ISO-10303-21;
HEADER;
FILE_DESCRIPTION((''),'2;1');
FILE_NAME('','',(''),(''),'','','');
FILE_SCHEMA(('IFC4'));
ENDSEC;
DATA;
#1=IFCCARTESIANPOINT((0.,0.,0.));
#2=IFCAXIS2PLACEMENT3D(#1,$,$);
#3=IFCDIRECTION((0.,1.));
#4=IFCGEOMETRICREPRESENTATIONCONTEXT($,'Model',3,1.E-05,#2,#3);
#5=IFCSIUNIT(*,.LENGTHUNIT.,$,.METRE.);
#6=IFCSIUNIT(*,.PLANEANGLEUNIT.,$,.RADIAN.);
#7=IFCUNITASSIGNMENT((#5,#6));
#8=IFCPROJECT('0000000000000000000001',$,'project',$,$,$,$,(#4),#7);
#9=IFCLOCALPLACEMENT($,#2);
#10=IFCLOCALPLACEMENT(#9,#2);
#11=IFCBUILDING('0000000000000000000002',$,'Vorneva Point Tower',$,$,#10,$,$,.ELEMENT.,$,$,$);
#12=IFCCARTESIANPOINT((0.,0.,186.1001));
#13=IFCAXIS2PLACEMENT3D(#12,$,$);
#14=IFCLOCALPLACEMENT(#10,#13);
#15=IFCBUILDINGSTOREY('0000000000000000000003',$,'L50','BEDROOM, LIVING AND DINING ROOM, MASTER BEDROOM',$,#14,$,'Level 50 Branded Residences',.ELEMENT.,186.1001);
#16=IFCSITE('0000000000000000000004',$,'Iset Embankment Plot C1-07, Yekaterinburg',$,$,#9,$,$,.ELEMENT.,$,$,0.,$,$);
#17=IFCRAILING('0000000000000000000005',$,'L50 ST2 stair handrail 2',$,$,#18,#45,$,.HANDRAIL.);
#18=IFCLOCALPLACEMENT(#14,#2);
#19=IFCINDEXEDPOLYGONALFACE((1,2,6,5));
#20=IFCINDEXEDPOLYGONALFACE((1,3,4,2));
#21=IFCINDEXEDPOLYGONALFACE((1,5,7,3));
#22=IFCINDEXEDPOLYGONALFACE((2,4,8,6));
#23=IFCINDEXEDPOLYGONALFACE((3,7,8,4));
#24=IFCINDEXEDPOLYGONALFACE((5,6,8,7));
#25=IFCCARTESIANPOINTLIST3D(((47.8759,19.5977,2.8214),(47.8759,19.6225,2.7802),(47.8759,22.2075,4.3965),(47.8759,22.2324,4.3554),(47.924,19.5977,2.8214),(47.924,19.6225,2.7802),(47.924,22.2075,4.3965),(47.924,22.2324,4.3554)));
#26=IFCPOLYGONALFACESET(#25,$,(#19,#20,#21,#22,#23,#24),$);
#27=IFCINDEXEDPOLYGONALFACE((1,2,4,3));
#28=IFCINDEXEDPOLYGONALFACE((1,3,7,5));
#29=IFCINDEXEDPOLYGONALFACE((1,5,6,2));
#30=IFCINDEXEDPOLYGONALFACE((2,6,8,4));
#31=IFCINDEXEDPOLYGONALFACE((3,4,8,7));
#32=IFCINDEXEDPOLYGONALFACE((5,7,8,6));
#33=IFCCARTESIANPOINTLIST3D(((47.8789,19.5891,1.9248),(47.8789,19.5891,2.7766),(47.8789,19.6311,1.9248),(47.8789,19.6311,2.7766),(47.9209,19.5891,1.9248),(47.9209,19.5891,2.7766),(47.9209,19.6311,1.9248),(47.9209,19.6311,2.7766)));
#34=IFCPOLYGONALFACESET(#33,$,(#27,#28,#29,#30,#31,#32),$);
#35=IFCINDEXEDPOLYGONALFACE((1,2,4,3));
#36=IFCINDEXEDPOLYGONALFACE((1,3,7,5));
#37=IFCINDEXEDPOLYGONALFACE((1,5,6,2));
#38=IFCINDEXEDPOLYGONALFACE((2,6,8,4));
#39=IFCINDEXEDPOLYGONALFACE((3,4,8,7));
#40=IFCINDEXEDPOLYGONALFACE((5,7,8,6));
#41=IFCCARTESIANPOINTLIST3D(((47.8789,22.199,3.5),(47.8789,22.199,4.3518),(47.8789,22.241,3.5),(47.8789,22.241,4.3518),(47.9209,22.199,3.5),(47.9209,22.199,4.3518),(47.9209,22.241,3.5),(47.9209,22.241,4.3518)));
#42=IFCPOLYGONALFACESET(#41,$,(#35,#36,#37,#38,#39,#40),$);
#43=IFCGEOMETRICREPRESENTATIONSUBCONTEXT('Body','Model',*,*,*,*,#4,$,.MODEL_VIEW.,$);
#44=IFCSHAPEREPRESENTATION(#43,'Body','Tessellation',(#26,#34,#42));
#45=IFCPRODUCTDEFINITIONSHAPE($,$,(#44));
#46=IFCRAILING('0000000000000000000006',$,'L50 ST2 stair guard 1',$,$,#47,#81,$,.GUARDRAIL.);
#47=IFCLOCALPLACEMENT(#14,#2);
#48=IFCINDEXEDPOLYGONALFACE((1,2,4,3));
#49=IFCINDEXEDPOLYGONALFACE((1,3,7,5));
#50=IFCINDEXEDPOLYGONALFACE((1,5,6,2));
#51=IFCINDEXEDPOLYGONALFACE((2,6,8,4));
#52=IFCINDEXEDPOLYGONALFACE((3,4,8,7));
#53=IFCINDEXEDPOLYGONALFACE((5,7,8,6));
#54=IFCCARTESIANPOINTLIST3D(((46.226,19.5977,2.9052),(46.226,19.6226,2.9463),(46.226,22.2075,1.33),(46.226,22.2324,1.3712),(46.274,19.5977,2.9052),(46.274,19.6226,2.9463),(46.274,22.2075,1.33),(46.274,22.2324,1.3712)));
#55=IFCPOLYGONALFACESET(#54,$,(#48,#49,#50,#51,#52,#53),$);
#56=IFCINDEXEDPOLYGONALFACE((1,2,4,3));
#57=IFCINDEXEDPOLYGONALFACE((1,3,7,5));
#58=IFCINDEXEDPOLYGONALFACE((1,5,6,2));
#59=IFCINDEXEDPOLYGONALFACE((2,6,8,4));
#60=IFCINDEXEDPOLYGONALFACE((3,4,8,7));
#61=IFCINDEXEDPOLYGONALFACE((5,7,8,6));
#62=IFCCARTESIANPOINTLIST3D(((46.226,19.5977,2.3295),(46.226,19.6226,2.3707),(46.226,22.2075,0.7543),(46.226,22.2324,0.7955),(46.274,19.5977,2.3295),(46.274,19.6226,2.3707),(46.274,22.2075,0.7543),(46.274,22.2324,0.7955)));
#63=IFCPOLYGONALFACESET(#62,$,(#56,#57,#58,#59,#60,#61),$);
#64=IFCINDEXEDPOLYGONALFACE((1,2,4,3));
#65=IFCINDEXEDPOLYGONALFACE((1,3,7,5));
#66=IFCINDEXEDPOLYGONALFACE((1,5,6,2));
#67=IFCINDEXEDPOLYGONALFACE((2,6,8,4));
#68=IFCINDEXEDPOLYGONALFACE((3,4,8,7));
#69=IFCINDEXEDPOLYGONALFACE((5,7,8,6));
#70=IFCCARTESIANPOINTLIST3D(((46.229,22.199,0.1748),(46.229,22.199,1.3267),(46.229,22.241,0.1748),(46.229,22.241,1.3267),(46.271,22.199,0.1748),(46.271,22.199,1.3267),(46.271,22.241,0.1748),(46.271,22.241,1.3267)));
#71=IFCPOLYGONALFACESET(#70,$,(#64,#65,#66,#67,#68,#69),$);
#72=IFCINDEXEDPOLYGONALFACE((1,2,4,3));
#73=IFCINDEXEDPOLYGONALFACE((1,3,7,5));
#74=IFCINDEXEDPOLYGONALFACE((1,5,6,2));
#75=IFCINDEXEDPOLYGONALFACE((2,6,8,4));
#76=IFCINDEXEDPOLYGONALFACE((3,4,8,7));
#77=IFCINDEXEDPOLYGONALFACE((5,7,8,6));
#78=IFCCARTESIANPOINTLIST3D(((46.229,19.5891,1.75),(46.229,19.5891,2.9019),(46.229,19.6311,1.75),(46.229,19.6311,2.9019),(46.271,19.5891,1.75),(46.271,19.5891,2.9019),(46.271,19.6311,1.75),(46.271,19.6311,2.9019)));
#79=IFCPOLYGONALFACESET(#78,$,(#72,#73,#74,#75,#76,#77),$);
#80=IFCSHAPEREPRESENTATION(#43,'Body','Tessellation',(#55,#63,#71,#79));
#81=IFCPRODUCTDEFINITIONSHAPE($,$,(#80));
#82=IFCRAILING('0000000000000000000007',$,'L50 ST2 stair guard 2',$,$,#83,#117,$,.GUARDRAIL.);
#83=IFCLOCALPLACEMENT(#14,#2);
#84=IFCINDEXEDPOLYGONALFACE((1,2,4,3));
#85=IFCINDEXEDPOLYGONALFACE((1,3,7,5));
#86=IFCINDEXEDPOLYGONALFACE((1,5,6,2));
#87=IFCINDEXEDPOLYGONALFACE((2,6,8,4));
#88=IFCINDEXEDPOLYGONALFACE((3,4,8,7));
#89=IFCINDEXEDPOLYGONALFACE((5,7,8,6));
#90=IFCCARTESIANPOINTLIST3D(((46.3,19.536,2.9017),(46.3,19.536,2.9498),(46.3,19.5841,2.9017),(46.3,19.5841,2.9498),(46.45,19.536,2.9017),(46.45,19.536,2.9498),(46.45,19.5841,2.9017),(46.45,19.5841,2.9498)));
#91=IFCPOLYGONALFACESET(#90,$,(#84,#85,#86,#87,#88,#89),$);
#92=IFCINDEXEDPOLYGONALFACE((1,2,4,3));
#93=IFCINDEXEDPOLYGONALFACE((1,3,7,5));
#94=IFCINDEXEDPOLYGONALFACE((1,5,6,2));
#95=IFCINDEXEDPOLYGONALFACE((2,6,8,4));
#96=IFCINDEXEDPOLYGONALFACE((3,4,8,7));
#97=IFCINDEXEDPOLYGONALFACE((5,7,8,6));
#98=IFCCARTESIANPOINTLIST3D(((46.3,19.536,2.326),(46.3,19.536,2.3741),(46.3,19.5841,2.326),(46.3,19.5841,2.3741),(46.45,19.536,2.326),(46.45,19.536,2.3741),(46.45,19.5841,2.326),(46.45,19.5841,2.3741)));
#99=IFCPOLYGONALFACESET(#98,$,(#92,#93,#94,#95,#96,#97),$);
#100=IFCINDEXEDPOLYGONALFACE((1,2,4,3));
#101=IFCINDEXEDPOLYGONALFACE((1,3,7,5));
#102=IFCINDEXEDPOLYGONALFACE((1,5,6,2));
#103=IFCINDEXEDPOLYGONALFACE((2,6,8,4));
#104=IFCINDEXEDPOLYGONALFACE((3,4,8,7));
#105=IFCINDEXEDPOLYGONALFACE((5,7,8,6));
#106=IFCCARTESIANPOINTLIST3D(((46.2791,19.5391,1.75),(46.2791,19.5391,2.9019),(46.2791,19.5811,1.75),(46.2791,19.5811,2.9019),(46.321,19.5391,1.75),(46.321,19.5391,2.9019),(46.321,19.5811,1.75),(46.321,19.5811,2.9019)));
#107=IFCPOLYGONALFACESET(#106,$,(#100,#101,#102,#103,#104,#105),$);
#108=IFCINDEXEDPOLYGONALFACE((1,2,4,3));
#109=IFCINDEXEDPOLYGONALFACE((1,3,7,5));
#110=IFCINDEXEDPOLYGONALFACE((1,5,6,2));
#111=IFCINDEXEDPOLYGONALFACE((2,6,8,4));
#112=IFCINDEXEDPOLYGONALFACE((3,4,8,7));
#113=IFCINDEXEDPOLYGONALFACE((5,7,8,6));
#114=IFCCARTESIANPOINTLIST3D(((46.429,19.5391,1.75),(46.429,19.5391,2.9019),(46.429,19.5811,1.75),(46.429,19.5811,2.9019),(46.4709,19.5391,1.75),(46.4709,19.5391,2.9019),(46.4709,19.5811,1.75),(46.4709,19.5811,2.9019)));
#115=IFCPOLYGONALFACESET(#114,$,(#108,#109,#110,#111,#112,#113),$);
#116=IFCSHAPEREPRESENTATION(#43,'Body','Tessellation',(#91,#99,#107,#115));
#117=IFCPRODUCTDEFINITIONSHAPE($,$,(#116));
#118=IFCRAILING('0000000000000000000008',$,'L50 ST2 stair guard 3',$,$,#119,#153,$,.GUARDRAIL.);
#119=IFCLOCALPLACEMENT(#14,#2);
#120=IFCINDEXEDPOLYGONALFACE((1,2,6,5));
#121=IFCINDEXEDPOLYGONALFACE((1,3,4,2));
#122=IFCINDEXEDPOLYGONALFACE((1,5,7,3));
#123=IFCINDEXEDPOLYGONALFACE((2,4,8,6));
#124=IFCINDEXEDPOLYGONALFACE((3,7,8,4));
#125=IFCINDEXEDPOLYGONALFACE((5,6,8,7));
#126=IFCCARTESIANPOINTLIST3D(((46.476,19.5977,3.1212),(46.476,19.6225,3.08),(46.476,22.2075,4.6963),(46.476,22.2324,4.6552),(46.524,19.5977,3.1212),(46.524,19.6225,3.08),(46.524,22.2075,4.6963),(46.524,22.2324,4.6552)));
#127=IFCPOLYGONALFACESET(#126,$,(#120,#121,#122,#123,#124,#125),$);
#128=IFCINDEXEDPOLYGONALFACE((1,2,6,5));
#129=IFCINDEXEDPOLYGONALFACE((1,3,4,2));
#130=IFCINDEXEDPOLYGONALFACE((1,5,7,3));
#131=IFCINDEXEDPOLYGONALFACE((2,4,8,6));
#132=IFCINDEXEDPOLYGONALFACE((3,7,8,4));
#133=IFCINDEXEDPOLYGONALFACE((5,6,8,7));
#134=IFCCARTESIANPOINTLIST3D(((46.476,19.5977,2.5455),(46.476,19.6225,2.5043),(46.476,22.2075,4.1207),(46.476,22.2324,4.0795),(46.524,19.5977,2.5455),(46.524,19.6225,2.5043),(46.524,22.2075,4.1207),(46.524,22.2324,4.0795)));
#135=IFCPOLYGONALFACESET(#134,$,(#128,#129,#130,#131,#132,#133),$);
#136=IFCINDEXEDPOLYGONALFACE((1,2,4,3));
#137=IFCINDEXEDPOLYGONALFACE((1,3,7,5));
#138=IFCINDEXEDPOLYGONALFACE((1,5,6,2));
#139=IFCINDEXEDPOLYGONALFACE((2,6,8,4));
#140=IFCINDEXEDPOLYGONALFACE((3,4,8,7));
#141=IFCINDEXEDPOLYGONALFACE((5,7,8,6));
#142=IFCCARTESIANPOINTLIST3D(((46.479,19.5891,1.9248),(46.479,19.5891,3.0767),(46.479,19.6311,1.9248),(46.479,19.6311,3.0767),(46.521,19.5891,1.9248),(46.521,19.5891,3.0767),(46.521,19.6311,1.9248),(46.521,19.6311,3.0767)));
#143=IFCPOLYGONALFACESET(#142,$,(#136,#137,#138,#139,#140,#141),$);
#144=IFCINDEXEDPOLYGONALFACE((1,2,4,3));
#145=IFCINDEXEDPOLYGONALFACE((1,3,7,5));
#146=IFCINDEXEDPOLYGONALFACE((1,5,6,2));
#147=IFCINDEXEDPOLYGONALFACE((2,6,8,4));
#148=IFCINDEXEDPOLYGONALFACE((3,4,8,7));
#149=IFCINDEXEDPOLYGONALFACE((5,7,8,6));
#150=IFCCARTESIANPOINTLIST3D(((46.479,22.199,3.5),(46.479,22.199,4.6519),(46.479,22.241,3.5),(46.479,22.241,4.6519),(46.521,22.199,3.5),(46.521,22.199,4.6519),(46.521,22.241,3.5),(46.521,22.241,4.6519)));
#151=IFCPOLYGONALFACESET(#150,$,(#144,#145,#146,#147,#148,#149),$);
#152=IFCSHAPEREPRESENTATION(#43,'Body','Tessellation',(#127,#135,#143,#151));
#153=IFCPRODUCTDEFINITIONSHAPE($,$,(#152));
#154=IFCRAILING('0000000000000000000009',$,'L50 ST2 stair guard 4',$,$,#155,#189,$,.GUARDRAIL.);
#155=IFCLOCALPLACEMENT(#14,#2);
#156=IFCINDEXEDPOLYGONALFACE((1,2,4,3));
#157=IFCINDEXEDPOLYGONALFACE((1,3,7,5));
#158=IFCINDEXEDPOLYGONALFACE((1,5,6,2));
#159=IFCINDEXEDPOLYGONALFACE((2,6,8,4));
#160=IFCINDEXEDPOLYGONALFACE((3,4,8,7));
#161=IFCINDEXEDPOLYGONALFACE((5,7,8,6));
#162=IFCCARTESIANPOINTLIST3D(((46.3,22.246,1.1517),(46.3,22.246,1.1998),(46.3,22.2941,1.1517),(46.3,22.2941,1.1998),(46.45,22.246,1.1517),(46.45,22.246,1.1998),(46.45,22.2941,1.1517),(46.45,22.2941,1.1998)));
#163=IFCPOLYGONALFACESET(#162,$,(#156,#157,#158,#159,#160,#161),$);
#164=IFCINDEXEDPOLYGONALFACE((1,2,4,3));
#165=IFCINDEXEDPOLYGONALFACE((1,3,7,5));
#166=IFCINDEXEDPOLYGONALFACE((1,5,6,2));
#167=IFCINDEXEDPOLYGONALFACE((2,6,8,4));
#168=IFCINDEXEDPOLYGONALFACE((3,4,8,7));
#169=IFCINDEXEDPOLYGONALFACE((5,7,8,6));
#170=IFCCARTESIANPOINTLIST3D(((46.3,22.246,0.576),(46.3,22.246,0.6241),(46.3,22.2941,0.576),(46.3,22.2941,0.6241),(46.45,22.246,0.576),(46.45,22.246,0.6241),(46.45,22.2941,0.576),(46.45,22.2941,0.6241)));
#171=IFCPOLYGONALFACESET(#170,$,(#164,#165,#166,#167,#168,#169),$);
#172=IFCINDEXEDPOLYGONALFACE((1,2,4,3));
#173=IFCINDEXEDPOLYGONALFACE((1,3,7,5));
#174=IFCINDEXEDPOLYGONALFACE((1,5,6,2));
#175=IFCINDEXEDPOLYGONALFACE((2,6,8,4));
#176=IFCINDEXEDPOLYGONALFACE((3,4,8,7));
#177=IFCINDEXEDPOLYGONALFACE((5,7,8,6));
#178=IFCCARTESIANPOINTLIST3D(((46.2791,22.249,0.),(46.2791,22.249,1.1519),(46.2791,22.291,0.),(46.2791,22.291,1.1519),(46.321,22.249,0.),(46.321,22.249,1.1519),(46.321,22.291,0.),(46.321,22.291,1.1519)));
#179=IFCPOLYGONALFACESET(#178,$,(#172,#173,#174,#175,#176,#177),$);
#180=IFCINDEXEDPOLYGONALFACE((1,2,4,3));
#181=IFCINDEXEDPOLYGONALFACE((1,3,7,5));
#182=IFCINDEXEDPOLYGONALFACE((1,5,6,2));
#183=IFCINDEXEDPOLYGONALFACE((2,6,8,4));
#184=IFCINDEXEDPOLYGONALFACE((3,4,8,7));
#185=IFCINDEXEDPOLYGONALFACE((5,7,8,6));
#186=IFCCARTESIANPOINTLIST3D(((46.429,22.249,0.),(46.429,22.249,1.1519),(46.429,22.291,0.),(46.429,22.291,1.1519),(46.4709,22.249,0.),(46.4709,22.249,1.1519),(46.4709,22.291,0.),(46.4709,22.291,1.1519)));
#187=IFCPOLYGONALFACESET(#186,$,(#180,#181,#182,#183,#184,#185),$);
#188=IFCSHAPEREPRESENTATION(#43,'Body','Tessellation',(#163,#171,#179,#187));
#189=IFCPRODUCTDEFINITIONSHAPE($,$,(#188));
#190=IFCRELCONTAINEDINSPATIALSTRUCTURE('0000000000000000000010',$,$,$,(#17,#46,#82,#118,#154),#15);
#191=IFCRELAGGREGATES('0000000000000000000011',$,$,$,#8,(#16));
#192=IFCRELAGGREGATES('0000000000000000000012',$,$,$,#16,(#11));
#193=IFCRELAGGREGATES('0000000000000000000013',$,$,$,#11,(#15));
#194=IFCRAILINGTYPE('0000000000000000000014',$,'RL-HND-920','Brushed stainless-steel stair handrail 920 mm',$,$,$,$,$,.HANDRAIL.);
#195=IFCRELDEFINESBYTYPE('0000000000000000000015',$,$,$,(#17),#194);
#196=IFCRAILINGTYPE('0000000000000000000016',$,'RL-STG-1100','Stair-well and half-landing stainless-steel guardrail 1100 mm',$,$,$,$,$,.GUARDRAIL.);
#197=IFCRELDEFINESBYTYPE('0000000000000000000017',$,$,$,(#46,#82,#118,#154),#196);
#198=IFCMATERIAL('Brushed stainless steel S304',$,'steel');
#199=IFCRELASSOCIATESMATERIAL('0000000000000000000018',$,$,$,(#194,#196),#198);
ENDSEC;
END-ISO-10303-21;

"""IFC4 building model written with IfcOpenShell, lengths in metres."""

from ifc_helpers import new_model, si_unit, direction, frame, origin, origin_2d, place, context, subcontext, project, spatial, rectangle, extrude, material, type_object, element, save


model = new_model("IFC4")

# Units and contexts
model_context = context("Model", 3, precision=1e-05, world=origin(), true_north=direction((0.0, 1.0)))
body_context = subcontext(model_context, "Body", "Model", "MODEL_VIEW")
ifc_project = project(units=[si_unit("LENGTHUNIT", "METRE"), si_unit("PLANEANGLEUNIT", "RADIAN")], contexts=[model_context])

# Site, building, storey
site_placement = place(None, origin())
site = spatial("IfcSite", under=ifc_project, at=site_placement, Name="Iset Embankment Plot C1-07, Yekaterinburg", CompositionType="ELEMENT", RefElevation=0.0)
building_placement = place(site_placement, origin())
building = spatial("IfcBuilding", under=site, at=building_placement, Name="Vorneva Point Tower", CompositionType="ELEMENT")
storey_placement = place(building_placement, frame((0.0, 0.0, 186.1001)))
storey = spatial("IfcBuildingStorey", under=building, at=storey_placement, Name="L50", Description="BEDROOM, LIVING AND DINING ROOM, MASTER BEDROOM", LongName="Level 50 Branded Residences", CompositionType="ELEMENT", Elevation=186.1001)

# Railings
ifc_material_1 = material(Name="Brushed stainless steel S304", Category="steel")
railing_type_1 = type_object("IfcRailingType", Name="RL-HND-920", Description="Brushed stainless-steel stair handrail 920 mm", PredefinedType="HANDRAIL", material=ifc_material_1)
railing_1_placement = place(storey_placement, frame((47.8999, 19.6101, 1.9248)))
element("IfcRailing", 1, at=railing_1_placement, inside=storey, type_object=railing_type_1, Name="L50 ST2 stair handrail 2", PredefinedType="HANDRAIL", context=body_context, shape_type="SweptSolid", body=[
    extrude(rectangle(XDim=0.0481, YDim=0.0481, at=origin_2d()), frame((0.0, 0.0, 0.876), z_axis=(0.0, 0.856147, 0.516732), x_axis=(-1.0, 0.0, 0.0)), (0.0, 0.0, 1.0), 3.0483),
    extrude(rectangle(XDim=0.042, YDim=0.042, at=origin_2d()), origin(), (0.0, 0.0, 1.0), 0.8518),
    extrude(rectangle(XDim=0.042, YDim=0.042, at=origin_2d()), frame((0.0, 2.6099, 1.5752)), (0.0, 0.0, 1.0), 0.8518),
])
railing_type_2 = type_object("IfcRailingType", Name="RL-STG-1100", Description="Stair-well and half-landing stainless-steel guardrail 1100 mm", PredefinedType="GUARDRAIL", material=ifc_material_1)
railing_2_placement = place(storey_placement, frame((46.25, 22.22, 0.1748)))
element("IfcRailing", 2, at=railing_2_placement, inside=storey, type_object=railing_type_2, Name="L50 ST2 stair guard 1", PredefinedType="GUARDRAIL", context=body_context, shape_type="SweptSolid", body=[
    extrude(rectangle(XDim=0.0481, YDim=0.0481, at=origin_2d()), frame((0.0, 0.0, 1.1758), z_axis=(0.0, -0.856147, 0.516732), x_axis=(1.0, 0.0, 0.0)), (0.0, 0.0, 1.0), 3.0483),
    extrude(rectangle(XDim=0.0481, YDim=0.0481, at=origin_2d()), frame((0.0, 0.0, 0.6001), z_axis=(0.0, -0.856147, 0.516732), x_axis=(1.0, 0.0, 0.0)), (0.0, 0.0, 1.0), 3.0483),
    extrude(rectangle(XDim=0.042, YDim=0.042, at=origin_2d()), origin(), (0.0, 0.0, 1.0), 1.1519),
    extrude(rectangle(XDim=0.042, YDim=0.042, at=origin_2d()), frame((0.0, -2.6099, 1.5752)), (0.0, 0.0, 1.0), 1.1519),
])
railing_3_placement = place(storey_placement, frame((46.3, 19.5601, 1.75)))
element("IfcRailing", 3, at=railing_3_placement, inside=storey, type_object=railing_type_2, Name="L50 ST2 stair guard 2", PredefinedType="GUARDRAIL", context=body_context, shape_type="SweptSolid", body=[
    extrude(rectangle(XDim=0.0481, YDim=0.0481, at=origin_2d()), frame((0.0, 0.0, 1.1758), z_axis=(1.0, 0.0, 0.0), x_axis=(0.0, 1.0, 0.0)), (0.0, 0.0, 1.0), 0.1499),
    extrude(rectangle(XDim=0.0481, YDim=0.0481, at=origin_2d()), frame((0.0, 0.0, 0.6001), z_axis=(1.0, 0.0, 0.0), x_axis=(0.0, 1.0, 0.0)), (0.0, 0.0, 1.0), 0.1499),
    extrude(rectangle(XDim=0.042, YDim=0.042, at=origin_2d()), origin(), (0.0, 0.0, 1.0), 1.1519),
    extrude(rectangle(XDim=0.042, YDim=0.042, at=origin_2d()), frame((0.1499, 0.0, 0.0)), (0.0, 0.0, 1.0), 1.1519),
])
railing_4_placement = place(storey_placement, frame((46.5, 19.6101, 1.9248)))
element("IfcRailing", 4, at=railing_4_placement, inside=storey, type_object=railing_type_2, Name="L50 ST2 stair guard 3", PredefinedType="GUARDRAIL", context=body_context, shape_type="SweptSolid", body=[
    extrude(rectangle(XDim=0.0481, YDim=0.0481, at=origin_2d()), frame((0.0, 0.0, 1.1758), z_axis=(0.0, 0.856147, 0.516732), x_axis=(-1.0, 0.0, 0.0)), (0.0, 0.0, 1.0), 3.0483),
    extrude(rectangle(XDim=0.0481, YDim=0.0481, at=origin_2d()), frame((0.0, 0.0, 0.6001), z_axis=(0.0, 0.856147, 0.516732), x_axis=(-1.0, 0.0, 0.0)), (0.0, 0.0, 1.0), 3.0483),
    extrude(rectangle(XDim=0.042, YDim=0.042, at=origin_2d()), origin(), (0.0, 0.0, 1.0), 1.1519),
    extrude(rectangle(XDim=0.042, YDim=0.042, at=origin_2d()), frame((0.0, 2.6099, 1.5752)), (0.0, 0.0, 1.0), 1.1519),
])
railing_5_placement = place(storey_placement, frame((46.3, 22.27, 0.0)))
element("IfcRailing", 5, at=railing_5_placement, inside=storey, type_object=railing_type_2, Name="L50 ST2 stair guard 4", PredefinedType="GUARDRAIL", context=body_context, shape_type="SweptSolid", body=[
    extrude(rectangle(XDim=0.0481, YDim=0.0481, at=origin_2d()), frame((0.0, 0.0, 1.1758), z_axis=(1.0, 0.0, 0.0), x_axis=(0.0, 1.0, 0.0)), (0.0, 0.0, 1.0), 0.1499),
    extrude(rectangle(XDim=0.0481, YDim=0.0481, at=origin_2d()), frame((0.0, 0.0, 0.6001), z_axis=(1.0, 0.0, 0.0), x_axis=(0.0, 1.0, 0.0)), (0.0, 0.0, 1.0), 0.1499),
    extrude(rectangle(XDim=0.042, YDim=0.042, at=origin_2d()), origin(), (0.0, 0.0, 1.0), 1.1519),
    extrude(rectangle(XDim=0.042, YDim=0.042, at=origin_2d()), frame((0.1499, 0.0, 0.0)), (0.0, 0.0, 1.0), 1.1519),
])

save(model, "model.ifc")
